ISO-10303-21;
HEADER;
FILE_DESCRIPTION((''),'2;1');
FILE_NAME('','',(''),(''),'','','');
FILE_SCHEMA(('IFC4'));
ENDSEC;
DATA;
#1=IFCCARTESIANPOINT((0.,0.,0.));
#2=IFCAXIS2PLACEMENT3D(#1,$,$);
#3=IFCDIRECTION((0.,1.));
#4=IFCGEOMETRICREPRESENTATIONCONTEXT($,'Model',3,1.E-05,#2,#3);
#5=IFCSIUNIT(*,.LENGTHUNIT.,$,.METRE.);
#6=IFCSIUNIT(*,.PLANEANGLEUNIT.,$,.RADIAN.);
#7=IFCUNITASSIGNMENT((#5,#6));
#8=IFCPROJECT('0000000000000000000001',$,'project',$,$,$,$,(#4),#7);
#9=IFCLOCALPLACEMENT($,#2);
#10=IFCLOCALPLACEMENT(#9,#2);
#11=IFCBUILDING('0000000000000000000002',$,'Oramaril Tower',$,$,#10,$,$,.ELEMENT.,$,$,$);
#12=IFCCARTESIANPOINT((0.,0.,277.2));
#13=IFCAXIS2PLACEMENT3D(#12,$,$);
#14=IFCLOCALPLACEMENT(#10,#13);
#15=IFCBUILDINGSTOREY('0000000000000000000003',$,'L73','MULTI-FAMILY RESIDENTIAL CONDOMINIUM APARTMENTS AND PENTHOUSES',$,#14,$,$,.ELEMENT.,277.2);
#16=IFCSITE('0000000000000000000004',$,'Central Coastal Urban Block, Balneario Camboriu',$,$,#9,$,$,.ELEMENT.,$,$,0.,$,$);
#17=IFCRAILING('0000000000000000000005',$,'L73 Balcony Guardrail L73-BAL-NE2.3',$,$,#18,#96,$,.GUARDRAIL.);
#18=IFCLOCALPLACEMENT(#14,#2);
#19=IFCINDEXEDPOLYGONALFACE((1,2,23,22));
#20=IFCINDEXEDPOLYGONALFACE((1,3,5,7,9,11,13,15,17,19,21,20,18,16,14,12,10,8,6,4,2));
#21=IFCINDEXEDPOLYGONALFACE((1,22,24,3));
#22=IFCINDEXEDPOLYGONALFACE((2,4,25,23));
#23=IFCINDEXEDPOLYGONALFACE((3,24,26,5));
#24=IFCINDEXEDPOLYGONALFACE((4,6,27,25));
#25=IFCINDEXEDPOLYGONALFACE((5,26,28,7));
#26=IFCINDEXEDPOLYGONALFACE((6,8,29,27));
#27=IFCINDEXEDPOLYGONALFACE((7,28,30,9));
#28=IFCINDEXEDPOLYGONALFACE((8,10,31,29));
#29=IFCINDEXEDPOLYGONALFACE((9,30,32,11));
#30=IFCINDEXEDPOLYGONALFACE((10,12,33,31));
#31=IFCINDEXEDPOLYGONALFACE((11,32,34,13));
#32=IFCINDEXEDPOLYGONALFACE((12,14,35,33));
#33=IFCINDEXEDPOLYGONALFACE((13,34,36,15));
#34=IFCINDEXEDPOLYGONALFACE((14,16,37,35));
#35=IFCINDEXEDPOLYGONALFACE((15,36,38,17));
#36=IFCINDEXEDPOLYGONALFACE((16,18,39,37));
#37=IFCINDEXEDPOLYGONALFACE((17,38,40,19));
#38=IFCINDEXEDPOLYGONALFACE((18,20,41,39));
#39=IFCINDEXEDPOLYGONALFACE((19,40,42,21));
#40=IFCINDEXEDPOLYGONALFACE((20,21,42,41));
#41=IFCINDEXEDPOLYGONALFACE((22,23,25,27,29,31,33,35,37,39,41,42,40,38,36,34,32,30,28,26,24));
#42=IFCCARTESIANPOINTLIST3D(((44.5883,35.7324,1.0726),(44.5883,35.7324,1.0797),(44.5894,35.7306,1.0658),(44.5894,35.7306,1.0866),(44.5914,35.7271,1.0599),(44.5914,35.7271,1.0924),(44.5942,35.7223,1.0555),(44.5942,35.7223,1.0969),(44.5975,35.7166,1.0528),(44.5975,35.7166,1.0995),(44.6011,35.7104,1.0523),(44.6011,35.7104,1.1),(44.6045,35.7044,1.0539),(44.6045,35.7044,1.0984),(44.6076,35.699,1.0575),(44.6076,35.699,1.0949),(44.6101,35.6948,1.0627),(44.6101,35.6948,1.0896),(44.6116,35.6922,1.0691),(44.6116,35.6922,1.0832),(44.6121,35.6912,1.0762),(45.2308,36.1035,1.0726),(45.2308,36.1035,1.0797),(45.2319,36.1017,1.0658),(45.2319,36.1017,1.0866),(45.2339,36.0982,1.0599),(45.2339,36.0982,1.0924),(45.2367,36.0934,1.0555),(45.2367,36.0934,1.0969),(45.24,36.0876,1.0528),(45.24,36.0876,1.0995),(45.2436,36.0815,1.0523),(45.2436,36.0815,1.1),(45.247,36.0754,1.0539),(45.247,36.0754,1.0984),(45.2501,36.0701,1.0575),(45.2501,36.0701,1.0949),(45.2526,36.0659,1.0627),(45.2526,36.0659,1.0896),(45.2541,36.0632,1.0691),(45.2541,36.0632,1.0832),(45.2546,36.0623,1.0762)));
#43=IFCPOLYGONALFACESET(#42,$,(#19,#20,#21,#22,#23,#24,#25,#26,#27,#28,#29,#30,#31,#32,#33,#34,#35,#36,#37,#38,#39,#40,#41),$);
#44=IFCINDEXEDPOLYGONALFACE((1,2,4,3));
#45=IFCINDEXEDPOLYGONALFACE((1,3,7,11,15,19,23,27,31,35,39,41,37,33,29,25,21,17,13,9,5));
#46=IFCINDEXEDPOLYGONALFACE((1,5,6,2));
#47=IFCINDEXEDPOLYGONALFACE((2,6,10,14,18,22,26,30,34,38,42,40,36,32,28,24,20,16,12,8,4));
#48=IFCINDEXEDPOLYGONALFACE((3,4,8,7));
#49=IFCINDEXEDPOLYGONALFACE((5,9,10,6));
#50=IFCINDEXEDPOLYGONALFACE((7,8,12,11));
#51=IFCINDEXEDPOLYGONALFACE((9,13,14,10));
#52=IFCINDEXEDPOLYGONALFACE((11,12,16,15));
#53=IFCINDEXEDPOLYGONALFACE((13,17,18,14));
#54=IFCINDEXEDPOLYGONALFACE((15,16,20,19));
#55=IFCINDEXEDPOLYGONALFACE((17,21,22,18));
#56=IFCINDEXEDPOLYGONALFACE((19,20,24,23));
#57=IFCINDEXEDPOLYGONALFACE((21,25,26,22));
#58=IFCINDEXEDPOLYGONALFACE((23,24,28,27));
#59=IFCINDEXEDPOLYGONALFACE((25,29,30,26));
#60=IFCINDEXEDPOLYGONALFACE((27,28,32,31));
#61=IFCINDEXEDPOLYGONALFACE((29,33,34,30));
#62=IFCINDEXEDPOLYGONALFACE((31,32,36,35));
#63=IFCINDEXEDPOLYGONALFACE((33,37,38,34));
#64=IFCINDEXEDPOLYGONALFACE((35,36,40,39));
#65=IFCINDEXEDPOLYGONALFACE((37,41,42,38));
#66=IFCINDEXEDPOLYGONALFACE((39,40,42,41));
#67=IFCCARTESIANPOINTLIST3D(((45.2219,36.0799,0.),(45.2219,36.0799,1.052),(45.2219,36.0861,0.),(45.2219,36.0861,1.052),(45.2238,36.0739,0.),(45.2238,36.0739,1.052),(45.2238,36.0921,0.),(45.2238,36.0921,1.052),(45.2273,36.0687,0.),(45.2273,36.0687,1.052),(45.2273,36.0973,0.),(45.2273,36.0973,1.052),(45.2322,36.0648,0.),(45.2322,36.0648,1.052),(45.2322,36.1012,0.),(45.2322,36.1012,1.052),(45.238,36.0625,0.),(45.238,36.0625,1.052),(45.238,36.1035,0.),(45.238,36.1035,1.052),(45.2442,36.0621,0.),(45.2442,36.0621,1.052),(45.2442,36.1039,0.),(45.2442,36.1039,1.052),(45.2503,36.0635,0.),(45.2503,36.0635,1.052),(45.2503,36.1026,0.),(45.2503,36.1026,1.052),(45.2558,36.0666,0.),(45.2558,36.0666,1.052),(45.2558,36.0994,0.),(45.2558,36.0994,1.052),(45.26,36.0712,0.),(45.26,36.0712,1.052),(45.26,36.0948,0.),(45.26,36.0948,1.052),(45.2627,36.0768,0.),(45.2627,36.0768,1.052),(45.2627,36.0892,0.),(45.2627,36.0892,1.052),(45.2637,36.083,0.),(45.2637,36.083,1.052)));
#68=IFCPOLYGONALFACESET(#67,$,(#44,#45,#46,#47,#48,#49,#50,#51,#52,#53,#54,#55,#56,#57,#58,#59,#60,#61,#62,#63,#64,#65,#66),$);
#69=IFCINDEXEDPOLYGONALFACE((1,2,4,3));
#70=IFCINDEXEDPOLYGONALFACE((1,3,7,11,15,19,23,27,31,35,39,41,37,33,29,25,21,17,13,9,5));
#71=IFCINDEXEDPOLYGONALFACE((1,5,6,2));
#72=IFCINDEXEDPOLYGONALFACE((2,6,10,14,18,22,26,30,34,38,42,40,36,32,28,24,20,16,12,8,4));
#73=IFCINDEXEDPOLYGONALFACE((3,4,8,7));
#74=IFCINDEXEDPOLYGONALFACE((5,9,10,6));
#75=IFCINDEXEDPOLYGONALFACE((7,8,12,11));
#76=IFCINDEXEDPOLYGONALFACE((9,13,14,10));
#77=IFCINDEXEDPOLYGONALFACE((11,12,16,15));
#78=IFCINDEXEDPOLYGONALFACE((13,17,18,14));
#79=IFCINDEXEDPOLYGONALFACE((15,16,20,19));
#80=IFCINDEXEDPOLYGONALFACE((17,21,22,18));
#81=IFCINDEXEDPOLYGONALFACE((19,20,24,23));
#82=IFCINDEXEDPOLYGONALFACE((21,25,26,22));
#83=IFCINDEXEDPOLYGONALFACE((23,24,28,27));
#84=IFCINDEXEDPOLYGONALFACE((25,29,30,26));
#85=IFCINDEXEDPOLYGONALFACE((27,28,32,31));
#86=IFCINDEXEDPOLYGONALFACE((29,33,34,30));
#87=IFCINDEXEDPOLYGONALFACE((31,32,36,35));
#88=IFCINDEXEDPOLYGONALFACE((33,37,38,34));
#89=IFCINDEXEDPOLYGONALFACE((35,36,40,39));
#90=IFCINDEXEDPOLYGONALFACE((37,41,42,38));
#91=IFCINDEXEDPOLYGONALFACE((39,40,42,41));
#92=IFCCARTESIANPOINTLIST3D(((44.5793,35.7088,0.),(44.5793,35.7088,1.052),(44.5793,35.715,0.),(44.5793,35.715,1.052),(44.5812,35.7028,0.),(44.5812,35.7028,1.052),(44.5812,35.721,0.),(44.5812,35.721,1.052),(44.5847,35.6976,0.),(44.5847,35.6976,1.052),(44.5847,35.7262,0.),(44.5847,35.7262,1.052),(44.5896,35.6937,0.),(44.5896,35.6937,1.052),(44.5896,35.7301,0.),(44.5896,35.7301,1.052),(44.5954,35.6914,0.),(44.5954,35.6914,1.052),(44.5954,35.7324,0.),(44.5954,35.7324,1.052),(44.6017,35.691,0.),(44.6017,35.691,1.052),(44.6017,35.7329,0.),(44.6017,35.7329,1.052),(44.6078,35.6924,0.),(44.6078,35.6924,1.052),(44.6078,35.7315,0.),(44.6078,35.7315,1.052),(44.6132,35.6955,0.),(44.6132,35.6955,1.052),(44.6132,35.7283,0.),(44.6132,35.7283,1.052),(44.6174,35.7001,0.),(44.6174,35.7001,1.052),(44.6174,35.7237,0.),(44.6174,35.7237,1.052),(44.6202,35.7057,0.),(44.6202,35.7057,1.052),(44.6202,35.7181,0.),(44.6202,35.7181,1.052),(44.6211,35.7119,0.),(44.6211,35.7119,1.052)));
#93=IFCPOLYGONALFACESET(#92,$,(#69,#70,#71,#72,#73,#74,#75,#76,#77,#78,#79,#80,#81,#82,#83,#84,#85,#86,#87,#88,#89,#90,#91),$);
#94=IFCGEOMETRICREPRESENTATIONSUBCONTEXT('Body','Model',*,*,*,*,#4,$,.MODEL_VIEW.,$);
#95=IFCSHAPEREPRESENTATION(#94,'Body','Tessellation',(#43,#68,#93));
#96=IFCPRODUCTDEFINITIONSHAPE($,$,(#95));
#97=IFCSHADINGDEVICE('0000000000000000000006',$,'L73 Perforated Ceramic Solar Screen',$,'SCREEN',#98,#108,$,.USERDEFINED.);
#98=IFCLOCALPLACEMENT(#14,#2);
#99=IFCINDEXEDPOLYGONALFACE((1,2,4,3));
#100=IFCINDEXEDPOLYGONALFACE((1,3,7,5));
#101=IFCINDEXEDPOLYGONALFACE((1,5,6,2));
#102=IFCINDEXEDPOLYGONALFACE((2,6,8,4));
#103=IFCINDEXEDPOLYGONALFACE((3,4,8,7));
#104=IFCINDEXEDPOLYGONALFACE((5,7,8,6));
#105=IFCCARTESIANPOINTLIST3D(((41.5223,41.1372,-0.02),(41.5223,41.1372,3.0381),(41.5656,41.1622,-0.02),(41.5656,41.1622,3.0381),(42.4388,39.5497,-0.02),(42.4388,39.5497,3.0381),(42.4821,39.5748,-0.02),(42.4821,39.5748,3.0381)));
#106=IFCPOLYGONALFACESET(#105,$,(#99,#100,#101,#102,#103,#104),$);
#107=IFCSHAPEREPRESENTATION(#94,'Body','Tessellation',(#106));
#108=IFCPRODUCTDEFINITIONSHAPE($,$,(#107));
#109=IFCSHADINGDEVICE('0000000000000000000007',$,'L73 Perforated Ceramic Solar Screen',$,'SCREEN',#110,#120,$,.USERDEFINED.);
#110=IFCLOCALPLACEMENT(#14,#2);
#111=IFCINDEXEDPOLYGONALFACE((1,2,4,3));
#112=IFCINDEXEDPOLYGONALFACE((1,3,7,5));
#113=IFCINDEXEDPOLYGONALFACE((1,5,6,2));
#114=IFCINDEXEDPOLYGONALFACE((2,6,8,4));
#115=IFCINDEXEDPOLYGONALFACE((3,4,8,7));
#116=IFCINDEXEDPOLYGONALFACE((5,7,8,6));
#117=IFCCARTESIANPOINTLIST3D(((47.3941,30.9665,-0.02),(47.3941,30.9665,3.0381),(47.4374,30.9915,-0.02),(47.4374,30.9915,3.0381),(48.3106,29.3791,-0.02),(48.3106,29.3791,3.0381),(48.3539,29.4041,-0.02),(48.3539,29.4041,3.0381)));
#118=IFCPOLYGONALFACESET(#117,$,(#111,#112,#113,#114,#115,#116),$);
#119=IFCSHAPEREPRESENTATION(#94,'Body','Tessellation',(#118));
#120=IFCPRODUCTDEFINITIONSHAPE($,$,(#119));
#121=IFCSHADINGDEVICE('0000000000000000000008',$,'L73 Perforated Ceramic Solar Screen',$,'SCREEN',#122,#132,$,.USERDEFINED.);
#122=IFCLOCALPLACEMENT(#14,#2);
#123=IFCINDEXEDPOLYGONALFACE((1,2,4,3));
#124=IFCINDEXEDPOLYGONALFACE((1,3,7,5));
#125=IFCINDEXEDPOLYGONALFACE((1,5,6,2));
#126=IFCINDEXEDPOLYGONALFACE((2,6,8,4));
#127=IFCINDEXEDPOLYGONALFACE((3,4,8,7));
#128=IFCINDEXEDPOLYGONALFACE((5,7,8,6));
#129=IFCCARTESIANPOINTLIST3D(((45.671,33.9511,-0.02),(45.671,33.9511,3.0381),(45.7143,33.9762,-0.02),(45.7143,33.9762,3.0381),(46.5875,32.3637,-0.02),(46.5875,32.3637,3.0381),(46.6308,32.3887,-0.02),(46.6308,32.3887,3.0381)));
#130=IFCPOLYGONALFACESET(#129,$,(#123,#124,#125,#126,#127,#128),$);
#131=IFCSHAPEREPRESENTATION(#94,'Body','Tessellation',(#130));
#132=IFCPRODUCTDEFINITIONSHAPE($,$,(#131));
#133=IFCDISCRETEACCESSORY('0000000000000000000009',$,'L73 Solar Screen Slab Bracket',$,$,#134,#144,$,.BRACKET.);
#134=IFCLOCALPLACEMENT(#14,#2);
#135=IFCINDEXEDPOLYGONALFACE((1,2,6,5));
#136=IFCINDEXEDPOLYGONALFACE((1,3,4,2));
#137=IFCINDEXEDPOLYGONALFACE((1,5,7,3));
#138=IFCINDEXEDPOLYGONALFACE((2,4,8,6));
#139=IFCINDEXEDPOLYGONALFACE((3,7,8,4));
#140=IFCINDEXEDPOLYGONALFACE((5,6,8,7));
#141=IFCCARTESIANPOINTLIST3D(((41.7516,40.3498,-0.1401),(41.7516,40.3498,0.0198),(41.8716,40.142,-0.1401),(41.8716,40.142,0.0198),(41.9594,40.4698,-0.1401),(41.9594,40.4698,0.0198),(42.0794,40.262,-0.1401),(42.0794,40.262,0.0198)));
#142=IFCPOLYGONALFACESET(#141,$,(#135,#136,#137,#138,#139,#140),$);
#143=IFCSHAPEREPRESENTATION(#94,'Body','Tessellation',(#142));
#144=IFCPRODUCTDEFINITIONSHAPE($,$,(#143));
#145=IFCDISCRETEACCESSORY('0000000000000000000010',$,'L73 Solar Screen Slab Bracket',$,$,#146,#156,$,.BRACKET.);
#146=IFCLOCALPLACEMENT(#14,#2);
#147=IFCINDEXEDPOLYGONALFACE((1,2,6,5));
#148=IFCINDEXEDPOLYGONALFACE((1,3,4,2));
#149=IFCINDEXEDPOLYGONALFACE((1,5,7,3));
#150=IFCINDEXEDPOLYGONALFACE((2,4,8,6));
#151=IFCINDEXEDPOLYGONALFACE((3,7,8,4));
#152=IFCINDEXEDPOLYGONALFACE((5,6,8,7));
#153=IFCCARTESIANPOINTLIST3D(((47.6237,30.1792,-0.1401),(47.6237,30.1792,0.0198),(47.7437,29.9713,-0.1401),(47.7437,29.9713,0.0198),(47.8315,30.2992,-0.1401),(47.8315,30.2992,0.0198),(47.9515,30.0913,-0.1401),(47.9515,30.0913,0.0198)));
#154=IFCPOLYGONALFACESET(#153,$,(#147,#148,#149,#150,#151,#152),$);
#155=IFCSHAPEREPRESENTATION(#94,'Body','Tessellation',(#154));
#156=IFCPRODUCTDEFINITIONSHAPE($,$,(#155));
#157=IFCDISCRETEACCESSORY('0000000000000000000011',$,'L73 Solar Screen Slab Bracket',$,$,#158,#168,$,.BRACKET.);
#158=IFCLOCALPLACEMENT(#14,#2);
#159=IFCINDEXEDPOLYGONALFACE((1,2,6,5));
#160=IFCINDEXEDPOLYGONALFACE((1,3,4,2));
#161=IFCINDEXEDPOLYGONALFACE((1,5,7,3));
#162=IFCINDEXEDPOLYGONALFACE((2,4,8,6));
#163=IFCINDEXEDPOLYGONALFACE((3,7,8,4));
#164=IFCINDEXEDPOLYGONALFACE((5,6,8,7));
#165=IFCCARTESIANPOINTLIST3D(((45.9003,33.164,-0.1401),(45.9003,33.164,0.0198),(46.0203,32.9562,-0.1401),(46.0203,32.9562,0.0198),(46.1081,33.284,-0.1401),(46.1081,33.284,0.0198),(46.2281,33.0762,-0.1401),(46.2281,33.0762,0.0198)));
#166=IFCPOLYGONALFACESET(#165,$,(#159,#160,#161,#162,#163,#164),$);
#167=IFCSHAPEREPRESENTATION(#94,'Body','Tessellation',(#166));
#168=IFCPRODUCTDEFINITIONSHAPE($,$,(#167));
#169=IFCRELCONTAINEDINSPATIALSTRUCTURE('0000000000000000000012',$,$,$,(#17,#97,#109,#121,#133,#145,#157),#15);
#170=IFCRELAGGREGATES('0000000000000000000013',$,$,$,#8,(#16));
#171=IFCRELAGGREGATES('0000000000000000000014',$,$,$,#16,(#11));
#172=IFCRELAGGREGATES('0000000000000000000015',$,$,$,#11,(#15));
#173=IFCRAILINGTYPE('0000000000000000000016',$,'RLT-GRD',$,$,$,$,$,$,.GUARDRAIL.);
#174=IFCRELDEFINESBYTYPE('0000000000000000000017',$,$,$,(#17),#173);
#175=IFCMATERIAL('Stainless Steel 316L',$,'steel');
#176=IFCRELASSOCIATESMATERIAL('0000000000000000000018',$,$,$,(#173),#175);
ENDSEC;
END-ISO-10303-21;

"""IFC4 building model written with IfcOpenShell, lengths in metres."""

from ifc_helpers import new_model, si_unit, direction, frame, origin, origin_2d, place, context, subcontext, project, spatial, rectangle, circle, extrude, material, type_object, element, save


model = new_model("IFC4")

# Units and contexts
model_context = context("Model", 3, precision=1e-05, world=origin(), true_north=direction((0.0, 1.0)))
body_context = subcontext(model_context, "Body", "Model", "MODEL_VIEW")
ifc_project = project(units=[si_unit("LENGTHUNIT", "METRE"), si_unit("PLANEANGLEUNIT", "RADIAN")], contexts=[model_context])

# Site, building, storey
site_placement = place(None, origin())
site = spatial("IfcSite", under=ifc_project, at=site_placement, Name="Central Coastal Urban Block, Balneario Camboriu", CompositionType="ELEMENT", RefElevation=0.0)
building_placement = place(site_placement, origin())
building = spatial("IfcBuilding", under=site, at=building_placement, Name="Oramaril Tower", CompositionType="ELEMENT")
storey_placement = place(building_placement, frame((0.0, 0.0, 277.2)))
storey = spatial("IfcBuildingStorey", under=building, at=storey_placement, Name="L73", Description="MULTI-FAMILY RESIDENTIAL CONDOMINIUM APARTMENTS AND PENTHOUSES", CompositionType="ELEMENT", Elevation=277.2)

# Railing
ifc_material_1 = material(Name="Stainless Steel 316L", Category="steel")
railing_type = type_object("IfcRailingType", Name="RLT-GRD", PredefinedType="GUARDRAIL", material=ifc_material_1)
railing_1_placement = place(storey_placement, frame((45.2427, 36.083, 0.0)))
element("IfcRailing", 1, at=railing_1_placement, inside=storey, type_object=railing_type, Name="L73 Balcony Guardrail L73-BAL-NE2.3", PredefinedType="GUARDRAIL", context=body_context, shape_type="SweptSolid", body=[
    extrude(circle(Radius=0.0239, at=origin_2d()), frame((0.0, 0.0, 1.0762), z_axis=(-0.865966, -0.500102, 0.0), x_axis=(0.500102, -0.865966, 0.0)), (0.0, 0.0, 1.0), 0.7419),
    extrude(circle(Radius=0.021, at=origin_2d()), origin(), (0.0, 0.0, 1.0), 1.052),
    extrude(circle(Radius=0.021, at=origin_2d()), frame((-0.6426, -0.3711, 0.0)), (0.0, 0.0, 1.0), 1.052),
])

# Shading devices
for number, where, z_axis, x_axis, name in (
    (2, (42.0022, 40.356, -0.02), (0.0, 0.0, 1.0), (-0.499998, 0.866026, 0.0), "L73 Perforated Ceramic Solar Screen"),
    (3, (47.874, 30.1853, -0.02), (0.0, 0.0, 1.0), (-0.499998, 0.866026, 0.0), "L73 Perforated Ceramic Solar Screen"),
    (4, (46.1509, 33.1699, -0.02), (0.0, 0.0, 1.0), (-0.499998, 0.866026, 0.0), "L73 Perforated Ceramic Solar Screen"),
):
    element("IfcShadingDevice", number, at=place(storey_placement, frame(where, z_axis=z_axis, x_axis=x_axis)), inside=storey, Name=name, ObjectType="SCREEN", PredefinedType="USERDEFINED", context=body_context, shape_type="SweptSolid", body=[
        extrude(rectangle(XDim=1.833, YDim=0.05, at=origin_2d()), origin(), (0.0, 0.0, 1.0), 3.0581),
    ])

# Discrete accessories
for number, where, z_axis, x_axis, name in (
    (5, (41.9155, 40.3059, -0.1401), (0.0, 0.0, 1.0), (-0.499998, 0.866026, 0.0), "L73 Solar Screen Slab Bracket"),
    (6, (47.7876, 30.1353, -0.1401), (0.0, 0.0, 1.0), (-0.499998, 0.866026, 0.0), "L73 Solar Screen Slab Bracket"),
    (7, (46.0642, 33.1201, -0.1401), (0.0, 0.0, 1.0), (-0.499998, 0.866026, 0.0), "L73 Solar Screen Slab Bracket"),
):
    element("IfcDiscreteAccessory", number, at=place(storey_placement, frame(where, z_axis=z_axis, x_axis=x_axis)), inside=storey, Name=name, PredefinedType="BRACKET", context=body_context, shape_type="SweptSolid", body=[
        extrude(rectangle(XDim=0.24, YDim=0.24, at=origin_2d()), origin(), (0.0, 0.0, 1.0), 0.1599),
    ])

save(model, "model.ifc")
